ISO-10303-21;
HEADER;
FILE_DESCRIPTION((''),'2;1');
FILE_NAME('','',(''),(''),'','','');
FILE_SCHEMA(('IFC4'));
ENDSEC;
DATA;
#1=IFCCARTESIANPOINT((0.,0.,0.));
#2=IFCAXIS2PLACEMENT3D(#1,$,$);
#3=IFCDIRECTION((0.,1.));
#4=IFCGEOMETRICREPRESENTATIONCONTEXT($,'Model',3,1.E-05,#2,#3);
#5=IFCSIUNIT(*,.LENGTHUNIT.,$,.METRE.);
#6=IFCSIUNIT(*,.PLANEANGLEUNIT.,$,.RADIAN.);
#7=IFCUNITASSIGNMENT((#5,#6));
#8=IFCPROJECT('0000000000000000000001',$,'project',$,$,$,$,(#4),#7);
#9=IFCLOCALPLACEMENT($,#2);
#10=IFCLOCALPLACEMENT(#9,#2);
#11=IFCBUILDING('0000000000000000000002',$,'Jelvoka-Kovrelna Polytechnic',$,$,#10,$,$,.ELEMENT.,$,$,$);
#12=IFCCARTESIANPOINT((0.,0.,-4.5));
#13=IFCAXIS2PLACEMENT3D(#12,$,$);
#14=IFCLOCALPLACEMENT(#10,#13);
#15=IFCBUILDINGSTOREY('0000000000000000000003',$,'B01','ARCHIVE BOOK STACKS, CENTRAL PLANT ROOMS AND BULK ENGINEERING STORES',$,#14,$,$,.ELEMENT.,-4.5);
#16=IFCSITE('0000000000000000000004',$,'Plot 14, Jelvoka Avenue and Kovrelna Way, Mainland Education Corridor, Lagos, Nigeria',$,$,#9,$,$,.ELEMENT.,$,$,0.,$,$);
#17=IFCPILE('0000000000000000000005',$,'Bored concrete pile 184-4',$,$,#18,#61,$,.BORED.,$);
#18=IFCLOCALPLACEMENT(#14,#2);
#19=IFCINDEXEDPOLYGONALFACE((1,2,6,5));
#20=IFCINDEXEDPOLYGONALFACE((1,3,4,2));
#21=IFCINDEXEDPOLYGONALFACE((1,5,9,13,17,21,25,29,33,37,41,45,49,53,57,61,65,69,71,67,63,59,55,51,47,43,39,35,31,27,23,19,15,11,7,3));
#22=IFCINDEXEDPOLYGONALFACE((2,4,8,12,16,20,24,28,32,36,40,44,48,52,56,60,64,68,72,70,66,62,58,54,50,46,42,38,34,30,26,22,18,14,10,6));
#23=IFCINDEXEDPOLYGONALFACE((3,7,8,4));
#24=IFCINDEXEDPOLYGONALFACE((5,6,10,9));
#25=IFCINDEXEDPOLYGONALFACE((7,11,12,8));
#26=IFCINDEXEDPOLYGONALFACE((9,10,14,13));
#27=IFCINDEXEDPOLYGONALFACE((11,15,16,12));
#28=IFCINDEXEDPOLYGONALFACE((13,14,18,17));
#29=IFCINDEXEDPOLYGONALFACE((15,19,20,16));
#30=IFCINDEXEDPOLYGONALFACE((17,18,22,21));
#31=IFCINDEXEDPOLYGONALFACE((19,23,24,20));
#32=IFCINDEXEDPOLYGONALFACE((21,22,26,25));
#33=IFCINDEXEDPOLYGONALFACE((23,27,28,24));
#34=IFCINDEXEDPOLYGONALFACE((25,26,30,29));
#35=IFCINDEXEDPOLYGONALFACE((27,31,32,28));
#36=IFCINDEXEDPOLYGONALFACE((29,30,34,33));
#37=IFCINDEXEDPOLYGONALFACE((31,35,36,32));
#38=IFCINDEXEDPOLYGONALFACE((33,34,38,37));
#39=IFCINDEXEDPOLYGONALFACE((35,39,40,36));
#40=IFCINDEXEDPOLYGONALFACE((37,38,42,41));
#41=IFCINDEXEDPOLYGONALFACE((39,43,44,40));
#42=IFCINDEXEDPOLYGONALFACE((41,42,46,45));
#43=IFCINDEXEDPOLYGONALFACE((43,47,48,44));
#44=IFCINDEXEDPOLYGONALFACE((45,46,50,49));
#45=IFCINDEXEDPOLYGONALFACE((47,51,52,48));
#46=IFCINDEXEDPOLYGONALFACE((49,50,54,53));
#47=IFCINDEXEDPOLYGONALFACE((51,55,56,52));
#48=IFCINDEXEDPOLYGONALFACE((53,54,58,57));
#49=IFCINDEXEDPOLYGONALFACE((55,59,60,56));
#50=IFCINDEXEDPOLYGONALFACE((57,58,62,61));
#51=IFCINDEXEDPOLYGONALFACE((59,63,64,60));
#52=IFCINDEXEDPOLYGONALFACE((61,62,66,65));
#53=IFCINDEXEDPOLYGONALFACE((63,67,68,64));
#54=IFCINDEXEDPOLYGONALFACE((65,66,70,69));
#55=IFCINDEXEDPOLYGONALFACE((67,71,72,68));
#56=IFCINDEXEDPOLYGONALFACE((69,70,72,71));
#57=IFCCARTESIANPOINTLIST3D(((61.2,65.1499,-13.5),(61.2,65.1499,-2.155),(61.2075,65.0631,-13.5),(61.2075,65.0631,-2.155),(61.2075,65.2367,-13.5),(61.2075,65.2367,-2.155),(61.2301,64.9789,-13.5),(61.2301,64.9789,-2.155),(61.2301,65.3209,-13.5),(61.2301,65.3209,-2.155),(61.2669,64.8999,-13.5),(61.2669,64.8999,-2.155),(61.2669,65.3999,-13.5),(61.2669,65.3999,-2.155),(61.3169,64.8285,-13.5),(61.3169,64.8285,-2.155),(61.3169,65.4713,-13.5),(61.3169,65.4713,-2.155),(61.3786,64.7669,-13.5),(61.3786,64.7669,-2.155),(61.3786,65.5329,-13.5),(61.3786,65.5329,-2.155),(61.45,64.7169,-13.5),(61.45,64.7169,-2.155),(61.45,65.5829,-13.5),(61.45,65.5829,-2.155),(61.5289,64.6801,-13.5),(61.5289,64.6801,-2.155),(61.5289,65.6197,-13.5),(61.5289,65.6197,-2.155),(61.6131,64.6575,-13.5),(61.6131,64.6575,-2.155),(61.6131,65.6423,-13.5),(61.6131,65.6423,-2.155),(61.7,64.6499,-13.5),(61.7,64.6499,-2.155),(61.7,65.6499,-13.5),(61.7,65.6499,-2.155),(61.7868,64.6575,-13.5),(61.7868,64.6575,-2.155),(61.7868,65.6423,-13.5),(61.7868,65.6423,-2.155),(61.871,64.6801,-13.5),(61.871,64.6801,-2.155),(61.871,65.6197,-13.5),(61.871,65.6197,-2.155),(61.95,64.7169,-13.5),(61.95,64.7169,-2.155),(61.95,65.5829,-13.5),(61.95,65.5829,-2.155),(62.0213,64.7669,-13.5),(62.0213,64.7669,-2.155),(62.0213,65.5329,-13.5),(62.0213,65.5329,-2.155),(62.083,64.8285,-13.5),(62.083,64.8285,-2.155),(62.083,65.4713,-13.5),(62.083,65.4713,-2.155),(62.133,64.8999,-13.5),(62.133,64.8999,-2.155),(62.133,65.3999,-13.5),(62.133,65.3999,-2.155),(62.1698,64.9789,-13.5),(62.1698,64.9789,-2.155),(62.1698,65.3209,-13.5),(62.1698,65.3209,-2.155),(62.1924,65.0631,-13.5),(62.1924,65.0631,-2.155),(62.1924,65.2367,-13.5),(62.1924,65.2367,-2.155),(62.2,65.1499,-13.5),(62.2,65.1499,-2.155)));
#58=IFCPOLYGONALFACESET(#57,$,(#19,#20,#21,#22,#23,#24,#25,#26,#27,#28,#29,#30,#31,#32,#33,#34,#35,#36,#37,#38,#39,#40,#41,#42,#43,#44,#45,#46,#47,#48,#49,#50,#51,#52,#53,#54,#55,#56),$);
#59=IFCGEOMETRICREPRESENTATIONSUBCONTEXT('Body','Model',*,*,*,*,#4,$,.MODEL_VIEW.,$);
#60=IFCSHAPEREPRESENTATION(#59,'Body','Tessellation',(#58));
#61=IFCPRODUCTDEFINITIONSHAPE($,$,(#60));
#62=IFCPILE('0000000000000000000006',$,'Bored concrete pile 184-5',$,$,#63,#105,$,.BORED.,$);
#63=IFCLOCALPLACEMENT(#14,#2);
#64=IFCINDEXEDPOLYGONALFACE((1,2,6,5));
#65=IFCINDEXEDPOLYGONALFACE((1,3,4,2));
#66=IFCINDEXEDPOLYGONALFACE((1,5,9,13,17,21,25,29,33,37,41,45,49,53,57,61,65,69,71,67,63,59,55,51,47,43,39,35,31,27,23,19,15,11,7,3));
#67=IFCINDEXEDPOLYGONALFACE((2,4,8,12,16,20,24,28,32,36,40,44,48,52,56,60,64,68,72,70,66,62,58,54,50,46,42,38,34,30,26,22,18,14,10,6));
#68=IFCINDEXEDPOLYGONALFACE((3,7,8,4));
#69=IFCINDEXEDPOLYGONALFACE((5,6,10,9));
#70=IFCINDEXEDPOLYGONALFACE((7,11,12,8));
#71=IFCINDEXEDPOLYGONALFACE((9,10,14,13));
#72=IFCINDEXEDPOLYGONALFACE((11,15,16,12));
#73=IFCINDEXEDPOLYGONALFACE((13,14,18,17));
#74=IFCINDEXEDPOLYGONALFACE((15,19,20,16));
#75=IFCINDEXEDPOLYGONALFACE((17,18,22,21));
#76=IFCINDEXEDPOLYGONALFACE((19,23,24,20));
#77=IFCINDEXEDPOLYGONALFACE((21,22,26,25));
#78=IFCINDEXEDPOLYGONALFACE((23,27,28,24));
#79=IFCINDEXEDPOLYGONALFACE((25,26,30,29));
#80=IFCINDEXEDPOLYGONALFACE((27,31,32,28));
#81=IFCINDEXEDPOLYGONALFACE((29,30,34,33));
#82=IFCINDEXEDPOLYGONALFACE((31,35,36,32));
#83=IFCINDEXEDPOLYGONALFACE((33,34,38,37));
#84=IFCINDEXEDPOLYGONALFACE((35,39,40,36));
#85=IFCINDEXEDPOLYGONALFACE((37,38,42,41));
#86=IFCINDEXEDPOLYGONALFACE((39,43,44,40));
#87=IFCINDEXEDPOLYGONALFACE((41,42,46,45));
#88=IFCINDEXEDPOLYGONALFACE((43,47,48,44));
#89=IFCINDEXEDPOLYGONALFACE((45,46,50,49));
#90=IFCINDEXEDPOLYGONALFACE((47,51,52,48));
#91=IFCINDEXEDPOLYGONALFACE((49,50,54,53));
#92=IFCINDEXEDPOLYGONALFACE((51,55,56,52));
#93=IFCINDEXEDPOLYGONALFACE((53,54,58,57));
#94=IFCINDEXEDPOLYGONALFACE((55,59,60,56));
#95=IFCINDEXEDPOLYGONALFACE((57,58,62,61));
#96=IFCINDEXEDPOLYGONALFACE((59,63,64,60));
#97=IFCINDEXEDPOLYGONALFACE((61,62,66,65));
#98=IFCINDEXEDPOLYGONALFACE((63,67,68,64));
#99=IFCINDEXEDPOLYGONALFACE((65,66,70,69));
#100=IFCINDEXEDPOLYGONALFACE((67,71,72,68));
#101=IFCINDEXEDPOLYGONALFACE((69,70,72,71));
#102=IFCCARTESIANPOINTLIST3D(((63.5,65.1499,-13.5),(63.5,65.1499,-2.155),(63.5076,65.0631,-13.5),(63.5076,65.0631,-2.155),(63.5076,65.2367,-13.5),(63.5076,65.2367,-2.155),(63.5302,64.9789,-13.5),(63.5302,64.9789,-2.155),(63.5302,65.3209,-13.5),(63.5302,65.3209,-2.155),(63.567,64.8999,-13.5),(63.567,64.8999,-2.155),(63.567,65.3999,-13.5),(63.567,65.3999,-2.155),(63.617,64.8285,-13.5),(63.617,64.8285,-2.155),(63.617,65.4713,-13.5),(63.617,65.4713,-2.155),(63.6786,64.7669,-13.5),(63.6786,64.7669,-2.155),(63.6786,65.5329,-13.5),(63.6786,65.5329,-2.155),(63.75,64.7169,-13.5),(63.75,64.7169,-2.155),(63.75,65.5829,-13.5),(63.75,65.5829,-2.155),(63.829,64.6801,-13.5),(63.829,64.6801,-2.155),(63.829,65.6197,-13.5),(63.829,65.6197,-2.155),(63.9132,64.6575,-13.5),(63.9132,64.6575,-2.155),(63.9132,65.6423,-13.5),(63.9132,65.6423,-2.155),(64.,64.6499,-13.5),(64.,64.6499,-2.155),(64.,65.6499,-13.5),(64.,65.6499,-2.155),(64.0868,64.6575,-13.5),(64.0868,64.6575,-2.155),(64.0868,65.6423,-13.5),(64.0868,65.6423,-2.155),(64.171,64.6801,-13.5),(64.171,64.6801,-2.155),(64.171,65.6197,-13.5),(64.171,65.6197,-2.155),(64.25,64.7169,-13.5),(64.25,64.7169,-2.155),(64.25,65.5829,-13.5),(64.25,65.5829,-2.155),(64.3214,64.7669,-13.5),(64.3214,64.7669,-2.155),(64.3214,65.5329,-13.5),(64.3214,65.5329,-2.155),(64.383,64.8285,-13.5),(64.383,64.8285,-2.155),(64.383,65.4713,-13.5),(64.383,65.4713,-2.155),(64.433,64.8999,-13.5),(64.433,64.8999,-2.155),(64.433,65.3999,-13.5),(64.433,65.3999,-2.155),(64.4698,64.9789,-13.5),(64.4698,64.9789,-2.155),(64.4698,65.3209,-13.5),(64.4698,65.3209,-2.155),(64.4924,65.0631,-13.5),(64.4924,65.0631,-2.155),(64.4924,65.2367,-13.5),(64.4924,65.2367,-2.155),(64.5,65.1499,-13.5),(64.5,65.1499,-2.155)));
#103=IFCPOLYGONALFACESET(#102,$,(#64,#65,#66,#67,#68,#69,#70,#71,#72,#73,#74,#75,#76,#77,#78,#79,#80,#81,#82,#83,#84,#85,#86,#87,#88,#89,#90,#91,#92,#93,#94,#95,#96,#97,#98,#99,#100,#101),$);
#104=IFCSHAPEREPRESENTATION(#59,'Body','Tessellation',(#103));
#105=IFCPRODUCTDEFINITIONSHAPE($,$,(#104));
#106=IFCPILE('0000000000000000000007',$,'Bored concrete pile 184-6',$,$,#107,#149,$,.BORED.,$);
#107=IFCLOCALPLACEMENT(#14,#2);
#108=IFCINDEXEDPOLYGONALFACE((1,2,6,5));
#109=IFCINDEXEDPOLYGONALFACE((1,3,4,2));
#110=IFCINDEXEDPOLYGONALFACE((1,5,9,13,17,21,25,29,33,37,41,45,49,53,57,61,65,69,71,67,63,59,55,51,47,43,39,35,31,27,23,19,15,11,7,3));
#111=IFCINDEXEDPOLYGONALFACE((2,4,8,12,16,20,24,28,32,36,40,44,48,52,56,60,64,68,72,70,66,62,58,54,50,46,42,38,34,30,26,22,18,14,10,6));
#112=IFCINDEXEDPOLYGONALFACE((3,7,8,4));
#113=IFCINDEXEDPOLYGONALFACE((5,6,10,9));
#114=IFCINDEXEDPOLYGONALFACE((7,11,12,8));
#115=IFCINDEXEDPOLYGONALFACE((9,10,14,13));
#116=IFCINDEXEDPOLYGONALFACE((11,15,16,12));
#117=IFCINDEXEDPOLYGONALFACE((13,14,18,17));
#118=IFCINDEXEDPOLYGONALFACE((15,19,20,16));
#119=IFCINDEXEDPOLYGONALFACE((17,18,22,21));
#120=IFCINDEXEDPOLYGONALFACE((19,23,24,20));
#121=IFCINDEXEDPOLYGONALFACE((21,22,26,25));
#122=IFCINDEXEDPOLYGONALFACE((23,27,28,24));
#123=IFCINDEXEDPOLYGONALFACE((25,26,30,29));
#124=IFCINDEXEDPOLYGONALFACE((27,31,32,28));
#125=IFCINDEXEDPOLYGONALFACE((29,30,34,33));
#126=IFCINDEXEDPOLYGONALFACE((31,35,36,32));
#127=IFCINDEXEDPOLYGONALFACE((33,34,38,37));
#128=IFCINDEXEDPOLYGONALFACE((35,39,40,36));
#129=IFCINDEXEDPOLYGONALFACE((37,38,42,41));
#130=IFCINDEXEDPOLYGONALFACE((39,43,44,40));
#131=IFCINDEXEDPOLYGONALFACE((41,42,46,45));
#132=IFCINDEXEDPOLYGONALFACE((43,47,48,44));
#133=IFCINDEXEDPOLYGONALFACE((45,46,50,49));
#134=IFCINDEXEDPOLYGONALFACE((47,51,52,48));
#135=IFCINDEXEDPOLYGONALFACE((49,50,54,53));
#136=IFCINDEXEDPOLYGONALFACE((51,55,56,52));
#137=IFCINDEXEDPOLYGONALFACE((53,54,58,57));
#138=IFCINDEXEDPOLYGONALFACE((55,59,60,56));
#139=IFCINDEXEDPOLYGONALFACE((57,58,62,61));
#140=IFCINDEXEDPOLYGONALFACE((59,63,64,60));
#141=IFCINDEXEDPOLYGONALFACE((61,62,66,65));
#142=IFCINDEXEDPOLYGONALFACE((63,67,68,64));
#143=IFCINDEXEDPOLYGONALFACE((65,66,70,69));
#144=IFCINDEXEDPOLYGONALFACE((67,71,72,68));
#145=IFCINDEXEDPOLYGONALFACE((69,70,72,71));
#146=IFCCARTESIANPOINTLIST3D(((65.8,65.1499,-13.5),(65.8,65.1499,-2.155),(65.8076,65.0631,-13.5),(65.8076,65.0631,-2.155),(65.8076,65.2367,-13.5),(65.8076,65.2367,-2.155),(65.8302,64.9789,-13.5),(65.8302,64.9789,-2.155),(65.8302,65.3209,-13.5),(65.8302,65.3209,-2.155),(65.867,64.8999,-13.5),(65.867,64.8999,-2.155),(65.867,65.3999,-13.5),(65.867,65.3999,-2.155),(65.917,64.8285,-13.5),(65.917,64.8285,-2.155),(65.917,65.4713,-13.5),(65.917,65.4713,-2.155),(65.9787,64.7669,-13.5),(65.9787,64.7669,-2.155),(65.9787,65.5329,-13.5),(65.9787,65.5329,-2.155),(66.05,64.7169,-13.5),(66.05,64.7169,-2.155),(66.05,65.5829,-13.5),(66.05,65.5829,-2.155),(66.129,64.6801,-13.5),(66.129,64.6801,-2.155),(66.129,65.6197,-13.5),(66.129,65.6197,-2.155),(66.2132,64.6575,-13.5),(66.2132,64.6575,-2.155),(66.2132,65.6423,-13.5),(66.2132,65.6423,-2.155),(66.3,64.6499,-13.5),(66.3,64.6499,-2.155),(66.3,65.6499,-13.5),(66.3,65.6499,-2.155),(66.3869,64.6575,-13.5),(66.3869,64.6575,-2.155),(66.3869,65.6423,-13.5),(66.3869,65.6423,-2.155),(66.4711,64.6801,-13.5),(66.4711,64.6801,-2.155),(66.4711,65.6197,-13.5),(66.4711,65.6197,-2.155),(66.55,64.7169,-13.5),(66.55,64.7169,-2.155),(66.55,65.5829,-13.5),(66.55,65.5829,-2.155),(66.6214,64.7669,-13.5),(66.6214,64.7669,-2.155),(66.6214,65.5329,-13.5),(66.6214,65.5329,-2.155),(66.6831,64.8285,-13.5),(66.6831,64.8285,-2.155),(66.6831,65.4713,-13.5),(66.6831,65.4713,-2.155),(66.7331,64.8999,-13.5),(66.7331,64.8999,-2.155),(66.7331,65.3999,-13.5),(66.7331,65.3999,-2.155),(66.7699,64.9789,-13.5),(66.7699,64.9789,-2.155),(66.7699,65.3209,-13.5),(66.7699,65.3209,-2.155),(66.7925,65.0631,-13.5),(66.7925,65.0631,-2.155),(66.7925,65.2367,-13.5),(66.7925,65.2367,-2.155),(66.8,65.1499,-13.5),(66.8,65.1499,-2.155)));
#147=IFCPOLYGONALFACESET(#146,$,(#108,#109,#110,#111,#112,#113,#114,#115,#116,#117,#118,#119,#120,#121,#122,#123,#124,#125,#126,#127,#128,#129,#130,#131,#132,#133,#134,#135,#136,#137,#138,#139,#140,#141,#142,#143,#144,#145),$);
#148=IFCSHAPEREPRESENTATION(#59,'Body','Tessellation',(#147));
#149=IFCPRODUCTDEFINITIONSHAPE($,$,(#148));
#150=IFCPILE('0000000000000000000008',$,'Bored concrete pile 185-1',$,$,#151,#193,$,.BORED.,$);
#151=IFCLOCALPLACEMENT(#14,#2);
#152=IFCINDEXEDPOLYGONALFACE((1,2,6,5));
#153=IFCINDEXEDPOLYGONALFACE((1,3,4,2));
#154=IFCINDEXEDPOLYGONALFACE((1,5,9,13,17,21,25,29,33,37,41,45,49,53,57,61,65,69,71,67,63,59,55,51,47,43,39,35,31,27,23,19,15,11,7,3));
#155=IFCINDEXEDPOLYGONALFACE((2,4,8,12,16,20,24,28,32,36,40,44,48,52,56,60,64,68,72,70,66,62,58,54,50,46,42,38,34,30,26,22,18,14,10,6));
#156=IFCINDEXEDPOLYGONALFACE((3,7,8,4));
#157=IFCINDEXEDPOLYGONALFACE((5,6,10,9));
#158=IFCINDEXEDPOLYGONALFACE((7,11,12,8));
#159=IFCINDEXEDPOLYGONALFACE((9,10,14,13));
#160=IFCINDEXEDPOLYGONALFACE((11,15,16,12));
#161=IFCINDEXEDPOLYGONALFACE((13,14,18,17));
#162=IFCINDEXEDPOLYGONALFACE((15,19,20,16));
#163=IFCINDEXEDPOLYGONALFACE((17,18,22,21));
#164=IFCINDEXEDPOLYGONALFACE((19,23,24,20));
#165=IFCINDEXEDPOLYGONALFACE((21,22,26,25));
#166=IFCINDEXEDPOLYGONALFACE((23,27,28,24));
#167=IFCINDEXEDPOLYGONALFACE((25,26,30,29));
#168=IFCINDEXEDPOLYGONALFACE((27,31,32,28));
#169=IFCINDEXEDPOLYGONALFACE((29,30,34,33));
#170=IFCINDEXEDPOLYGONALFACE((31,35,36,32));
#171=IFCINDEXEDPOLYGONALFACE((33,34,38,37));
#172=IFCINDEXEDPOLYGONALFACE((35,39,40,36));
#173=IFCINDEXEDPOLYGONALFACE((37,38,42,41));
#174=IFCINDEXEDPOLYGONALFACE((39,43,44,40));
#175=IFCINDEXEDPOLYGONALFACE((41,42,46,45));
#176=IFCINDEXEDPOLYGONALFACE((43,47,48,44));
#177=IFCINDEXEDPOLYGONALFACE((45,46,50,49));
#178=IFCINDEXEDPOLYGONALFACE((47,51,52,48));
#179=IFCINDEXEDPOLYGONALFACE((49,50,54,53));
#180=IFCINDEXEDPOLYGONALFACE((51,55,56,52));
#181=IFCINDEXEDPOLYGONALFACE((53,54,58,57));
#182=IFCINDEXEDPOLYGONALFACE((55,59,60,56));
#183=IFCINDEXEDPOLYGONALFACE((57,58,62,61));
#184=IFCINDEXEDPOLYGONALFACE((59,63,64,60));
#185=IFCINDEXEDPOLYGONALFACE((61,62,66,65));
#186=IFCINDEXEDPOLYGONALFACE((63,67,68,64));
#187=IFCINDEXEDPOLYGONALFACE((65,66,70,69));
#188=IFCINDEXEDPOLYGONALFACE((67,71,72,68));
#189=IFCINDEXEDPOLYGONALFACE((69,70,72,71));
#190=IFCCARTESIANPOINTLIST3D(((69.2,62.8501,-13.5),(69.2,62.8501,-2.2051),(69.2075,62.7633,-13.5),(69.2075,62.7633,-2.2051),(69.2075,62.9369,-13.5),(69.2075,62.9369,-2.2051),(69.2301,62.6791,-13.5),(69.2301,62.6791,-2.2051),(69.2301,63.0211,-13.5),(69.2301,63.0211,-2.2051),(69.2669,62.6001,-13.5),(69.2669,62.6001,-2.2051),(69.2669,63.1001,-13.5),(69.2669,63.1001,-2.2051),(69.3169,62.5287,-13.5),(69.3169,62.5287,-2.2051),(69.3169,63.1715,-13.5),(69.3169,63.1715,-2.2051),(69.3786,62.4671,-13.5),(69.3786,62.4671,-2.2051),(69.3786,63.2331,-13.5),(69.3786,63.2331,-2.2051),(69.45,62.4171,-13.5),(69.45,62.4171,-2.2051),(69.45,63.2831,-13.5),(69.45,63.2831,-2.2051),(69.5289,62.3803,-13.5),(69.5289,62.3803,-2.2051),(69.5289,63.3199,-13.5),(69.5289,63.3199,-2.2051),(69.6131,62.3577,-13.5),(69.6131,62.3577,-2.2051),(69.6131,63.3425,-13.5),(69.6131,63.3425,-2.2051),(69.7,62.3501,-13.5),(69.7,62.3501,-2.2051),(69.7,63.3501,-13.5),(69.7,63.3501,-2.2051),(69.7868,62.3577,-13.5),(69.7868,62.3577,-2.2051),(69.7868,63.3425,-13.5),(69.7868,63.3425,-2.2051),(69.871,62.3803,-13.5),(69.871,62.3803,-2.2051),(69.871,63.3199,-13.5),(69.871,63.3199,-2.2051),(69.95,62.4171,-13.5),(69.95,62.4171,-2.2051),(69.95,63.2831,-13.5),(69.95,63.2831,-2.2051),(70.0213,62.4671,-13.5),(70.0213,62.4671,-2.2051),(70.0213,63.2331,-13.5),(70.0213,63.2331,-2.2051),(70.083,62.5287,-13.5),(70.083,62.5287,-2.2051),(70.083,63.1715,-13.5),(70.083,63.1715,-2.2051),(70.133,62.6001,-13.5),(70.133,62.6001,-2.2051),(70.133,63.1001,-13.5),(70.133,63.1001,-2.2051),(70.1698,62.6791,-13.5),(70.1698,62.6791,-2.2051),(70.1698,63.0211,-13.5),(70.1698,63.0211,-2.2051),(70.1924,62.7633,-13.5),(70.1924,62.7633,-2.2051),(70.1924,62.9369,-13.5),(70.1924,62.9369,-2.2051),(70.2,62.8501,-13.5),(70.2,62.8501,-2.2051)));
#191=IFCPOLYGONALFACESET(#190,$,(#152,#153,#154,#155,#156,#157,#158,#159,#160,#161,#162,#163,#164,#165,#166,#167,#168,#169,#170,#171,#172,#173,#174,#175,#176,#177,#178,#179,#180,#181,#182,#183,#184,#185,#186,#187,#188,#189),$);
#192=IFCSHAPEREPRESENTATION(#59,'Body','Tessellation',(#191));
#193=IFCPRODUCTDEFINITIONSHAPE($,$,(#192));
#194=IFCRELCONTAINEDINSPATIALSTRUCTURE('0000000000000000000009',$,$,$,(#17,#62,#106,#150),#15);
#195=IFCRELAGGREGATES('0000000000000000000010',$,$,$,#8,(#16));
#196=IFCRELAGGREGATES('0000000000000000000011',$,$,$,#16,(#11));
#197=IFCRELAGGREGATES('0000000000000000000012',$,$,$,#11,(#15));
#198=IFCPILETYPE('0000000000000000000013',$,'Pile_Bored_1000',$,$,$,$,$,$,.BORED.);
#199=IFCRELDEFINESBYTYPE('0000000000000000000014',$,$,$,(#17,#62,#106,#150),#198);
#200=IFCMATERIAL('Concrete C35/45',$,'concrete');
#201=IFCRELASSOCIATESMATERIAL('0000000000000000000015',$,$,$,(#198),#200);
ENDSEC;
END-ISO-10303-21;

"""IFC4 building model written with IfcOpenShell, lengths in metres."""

from ifc_helpers import new_model, si_unit, direction, frame, origin, origin_2d, place, context, subcontext, project, spatial, circle, extrude, material, material_profile, profile_set, type_object, element, save


model = new_model("IFC4")

# Units and contexts
model_context = context("Model", 3, precision=1e-05, world=origin(), true_north=direction((0.0, 1.0)))
body_context = subcontext(model_context, "Body", "Model", "MODEL_VIEW")
ifc_project = project(units=[si_unit("LENGTHUNIT", "METRE"), si_unit("PLANEANGLEUNIT", "RADIAN")], contexts=[model_context])

# Site, building, storey
site_placement = place(None, origin())
site = spatial("IfcSite", under=ifc_project, at=site_placement, Name="Plot 14, Jelvoka Avenue and Kovrelna Way, Mainland Education Corridor, Lagos, Nigeria", CompositionType="ELEMENT", RefElevation=0.0)
building_placement = place(site_placement, origin())
building = spatial("IfcBuilding", under=site, at=building_placement, Name="Jelvoka-Kovrelna Polytechnic", CompositionType="ELEMENT")
storey_placement = place(building_placement, frame((0.0, 0.0, -4.5)))
storey = spatial("IfcBuildingStorey", under=building, at=storey_placement, Name="B01", Description="ARCHIVE BOOK STACKS, CENTRAL PLANT ROOMS AND BULK ENGINEERING STORES", CompositionType="ELEMENT", Elevation=-4.5)

# Piles
ifc_material_1 = material(Name="Concrete C35/45", Category="concrete")
ifc_material_profile_1 = material_profile(ifc_material_1, circle(Radius=0.5, at=origin_2d()), Name="PILE D1000")
ifc_profile_set_1 = profile_set([ifc_material_profile_1], Name="Concrete C35/45")
pile_type = type_object("IfcPileType", Name="Pile_Bored_1000", PredefinedType="BORED", material=ifc_profile_set_1)
for number, where, z_axis, x_axis, name in (
    (1, (61.7, 65.1499, -2.155), (0.0, 0.0, -1.0), (1.0, 0.0, 0.0), "Bored concrete pile 184-4"),
    (2, (64.0, 65.1499, -2.155), (0.0, 0.0, -1.0), (1.0, 0.0, 0.0), "Bored concrete pile 184-5"),
    (3, (66.3, 65.1499, -2.155), (0.0, 0.0, -1.0), (1.0, 0.0, 0.0), "Bored concrete pile 184-6"),
):
    element("IfcPile", number, at=place(storey_placement, frame(where, z_axis=z_axis, x_axis=x_axis)), inside=storey, type_object=pile_type, Name=name, PredefinedType="BORED", context=body_context, shape_type="SweptSolid", body=[
        extrude(circle(Radius=0.5, at=origin_2d()), origin(), (0.0, 0.0, 1.0), 11.345),
    ])
for number, where, z_axis, x_axis, name in (
    (4, (69.7, 62.8501, -2.2051), (0.0, 0.0, -1.0), (1.0, 0.0, 0.0), "Bored concrete pile 185-1"),
):
    element("IfcPile", number, at=place(storey_placement, frame(where, z_axis=z_axis, x_axis=x_axis)), inside=storey, type_object=pile_type, Name=name, PredefinedType="BORED", context=body_context, shape_type="SweptSolid", body=[
        extrude(circle(Radius=0.5, at=origin_2d()), origin(), (0.0, 0.0, 1.0), 11.2949),
    ])

save(model, "model.ifc")
